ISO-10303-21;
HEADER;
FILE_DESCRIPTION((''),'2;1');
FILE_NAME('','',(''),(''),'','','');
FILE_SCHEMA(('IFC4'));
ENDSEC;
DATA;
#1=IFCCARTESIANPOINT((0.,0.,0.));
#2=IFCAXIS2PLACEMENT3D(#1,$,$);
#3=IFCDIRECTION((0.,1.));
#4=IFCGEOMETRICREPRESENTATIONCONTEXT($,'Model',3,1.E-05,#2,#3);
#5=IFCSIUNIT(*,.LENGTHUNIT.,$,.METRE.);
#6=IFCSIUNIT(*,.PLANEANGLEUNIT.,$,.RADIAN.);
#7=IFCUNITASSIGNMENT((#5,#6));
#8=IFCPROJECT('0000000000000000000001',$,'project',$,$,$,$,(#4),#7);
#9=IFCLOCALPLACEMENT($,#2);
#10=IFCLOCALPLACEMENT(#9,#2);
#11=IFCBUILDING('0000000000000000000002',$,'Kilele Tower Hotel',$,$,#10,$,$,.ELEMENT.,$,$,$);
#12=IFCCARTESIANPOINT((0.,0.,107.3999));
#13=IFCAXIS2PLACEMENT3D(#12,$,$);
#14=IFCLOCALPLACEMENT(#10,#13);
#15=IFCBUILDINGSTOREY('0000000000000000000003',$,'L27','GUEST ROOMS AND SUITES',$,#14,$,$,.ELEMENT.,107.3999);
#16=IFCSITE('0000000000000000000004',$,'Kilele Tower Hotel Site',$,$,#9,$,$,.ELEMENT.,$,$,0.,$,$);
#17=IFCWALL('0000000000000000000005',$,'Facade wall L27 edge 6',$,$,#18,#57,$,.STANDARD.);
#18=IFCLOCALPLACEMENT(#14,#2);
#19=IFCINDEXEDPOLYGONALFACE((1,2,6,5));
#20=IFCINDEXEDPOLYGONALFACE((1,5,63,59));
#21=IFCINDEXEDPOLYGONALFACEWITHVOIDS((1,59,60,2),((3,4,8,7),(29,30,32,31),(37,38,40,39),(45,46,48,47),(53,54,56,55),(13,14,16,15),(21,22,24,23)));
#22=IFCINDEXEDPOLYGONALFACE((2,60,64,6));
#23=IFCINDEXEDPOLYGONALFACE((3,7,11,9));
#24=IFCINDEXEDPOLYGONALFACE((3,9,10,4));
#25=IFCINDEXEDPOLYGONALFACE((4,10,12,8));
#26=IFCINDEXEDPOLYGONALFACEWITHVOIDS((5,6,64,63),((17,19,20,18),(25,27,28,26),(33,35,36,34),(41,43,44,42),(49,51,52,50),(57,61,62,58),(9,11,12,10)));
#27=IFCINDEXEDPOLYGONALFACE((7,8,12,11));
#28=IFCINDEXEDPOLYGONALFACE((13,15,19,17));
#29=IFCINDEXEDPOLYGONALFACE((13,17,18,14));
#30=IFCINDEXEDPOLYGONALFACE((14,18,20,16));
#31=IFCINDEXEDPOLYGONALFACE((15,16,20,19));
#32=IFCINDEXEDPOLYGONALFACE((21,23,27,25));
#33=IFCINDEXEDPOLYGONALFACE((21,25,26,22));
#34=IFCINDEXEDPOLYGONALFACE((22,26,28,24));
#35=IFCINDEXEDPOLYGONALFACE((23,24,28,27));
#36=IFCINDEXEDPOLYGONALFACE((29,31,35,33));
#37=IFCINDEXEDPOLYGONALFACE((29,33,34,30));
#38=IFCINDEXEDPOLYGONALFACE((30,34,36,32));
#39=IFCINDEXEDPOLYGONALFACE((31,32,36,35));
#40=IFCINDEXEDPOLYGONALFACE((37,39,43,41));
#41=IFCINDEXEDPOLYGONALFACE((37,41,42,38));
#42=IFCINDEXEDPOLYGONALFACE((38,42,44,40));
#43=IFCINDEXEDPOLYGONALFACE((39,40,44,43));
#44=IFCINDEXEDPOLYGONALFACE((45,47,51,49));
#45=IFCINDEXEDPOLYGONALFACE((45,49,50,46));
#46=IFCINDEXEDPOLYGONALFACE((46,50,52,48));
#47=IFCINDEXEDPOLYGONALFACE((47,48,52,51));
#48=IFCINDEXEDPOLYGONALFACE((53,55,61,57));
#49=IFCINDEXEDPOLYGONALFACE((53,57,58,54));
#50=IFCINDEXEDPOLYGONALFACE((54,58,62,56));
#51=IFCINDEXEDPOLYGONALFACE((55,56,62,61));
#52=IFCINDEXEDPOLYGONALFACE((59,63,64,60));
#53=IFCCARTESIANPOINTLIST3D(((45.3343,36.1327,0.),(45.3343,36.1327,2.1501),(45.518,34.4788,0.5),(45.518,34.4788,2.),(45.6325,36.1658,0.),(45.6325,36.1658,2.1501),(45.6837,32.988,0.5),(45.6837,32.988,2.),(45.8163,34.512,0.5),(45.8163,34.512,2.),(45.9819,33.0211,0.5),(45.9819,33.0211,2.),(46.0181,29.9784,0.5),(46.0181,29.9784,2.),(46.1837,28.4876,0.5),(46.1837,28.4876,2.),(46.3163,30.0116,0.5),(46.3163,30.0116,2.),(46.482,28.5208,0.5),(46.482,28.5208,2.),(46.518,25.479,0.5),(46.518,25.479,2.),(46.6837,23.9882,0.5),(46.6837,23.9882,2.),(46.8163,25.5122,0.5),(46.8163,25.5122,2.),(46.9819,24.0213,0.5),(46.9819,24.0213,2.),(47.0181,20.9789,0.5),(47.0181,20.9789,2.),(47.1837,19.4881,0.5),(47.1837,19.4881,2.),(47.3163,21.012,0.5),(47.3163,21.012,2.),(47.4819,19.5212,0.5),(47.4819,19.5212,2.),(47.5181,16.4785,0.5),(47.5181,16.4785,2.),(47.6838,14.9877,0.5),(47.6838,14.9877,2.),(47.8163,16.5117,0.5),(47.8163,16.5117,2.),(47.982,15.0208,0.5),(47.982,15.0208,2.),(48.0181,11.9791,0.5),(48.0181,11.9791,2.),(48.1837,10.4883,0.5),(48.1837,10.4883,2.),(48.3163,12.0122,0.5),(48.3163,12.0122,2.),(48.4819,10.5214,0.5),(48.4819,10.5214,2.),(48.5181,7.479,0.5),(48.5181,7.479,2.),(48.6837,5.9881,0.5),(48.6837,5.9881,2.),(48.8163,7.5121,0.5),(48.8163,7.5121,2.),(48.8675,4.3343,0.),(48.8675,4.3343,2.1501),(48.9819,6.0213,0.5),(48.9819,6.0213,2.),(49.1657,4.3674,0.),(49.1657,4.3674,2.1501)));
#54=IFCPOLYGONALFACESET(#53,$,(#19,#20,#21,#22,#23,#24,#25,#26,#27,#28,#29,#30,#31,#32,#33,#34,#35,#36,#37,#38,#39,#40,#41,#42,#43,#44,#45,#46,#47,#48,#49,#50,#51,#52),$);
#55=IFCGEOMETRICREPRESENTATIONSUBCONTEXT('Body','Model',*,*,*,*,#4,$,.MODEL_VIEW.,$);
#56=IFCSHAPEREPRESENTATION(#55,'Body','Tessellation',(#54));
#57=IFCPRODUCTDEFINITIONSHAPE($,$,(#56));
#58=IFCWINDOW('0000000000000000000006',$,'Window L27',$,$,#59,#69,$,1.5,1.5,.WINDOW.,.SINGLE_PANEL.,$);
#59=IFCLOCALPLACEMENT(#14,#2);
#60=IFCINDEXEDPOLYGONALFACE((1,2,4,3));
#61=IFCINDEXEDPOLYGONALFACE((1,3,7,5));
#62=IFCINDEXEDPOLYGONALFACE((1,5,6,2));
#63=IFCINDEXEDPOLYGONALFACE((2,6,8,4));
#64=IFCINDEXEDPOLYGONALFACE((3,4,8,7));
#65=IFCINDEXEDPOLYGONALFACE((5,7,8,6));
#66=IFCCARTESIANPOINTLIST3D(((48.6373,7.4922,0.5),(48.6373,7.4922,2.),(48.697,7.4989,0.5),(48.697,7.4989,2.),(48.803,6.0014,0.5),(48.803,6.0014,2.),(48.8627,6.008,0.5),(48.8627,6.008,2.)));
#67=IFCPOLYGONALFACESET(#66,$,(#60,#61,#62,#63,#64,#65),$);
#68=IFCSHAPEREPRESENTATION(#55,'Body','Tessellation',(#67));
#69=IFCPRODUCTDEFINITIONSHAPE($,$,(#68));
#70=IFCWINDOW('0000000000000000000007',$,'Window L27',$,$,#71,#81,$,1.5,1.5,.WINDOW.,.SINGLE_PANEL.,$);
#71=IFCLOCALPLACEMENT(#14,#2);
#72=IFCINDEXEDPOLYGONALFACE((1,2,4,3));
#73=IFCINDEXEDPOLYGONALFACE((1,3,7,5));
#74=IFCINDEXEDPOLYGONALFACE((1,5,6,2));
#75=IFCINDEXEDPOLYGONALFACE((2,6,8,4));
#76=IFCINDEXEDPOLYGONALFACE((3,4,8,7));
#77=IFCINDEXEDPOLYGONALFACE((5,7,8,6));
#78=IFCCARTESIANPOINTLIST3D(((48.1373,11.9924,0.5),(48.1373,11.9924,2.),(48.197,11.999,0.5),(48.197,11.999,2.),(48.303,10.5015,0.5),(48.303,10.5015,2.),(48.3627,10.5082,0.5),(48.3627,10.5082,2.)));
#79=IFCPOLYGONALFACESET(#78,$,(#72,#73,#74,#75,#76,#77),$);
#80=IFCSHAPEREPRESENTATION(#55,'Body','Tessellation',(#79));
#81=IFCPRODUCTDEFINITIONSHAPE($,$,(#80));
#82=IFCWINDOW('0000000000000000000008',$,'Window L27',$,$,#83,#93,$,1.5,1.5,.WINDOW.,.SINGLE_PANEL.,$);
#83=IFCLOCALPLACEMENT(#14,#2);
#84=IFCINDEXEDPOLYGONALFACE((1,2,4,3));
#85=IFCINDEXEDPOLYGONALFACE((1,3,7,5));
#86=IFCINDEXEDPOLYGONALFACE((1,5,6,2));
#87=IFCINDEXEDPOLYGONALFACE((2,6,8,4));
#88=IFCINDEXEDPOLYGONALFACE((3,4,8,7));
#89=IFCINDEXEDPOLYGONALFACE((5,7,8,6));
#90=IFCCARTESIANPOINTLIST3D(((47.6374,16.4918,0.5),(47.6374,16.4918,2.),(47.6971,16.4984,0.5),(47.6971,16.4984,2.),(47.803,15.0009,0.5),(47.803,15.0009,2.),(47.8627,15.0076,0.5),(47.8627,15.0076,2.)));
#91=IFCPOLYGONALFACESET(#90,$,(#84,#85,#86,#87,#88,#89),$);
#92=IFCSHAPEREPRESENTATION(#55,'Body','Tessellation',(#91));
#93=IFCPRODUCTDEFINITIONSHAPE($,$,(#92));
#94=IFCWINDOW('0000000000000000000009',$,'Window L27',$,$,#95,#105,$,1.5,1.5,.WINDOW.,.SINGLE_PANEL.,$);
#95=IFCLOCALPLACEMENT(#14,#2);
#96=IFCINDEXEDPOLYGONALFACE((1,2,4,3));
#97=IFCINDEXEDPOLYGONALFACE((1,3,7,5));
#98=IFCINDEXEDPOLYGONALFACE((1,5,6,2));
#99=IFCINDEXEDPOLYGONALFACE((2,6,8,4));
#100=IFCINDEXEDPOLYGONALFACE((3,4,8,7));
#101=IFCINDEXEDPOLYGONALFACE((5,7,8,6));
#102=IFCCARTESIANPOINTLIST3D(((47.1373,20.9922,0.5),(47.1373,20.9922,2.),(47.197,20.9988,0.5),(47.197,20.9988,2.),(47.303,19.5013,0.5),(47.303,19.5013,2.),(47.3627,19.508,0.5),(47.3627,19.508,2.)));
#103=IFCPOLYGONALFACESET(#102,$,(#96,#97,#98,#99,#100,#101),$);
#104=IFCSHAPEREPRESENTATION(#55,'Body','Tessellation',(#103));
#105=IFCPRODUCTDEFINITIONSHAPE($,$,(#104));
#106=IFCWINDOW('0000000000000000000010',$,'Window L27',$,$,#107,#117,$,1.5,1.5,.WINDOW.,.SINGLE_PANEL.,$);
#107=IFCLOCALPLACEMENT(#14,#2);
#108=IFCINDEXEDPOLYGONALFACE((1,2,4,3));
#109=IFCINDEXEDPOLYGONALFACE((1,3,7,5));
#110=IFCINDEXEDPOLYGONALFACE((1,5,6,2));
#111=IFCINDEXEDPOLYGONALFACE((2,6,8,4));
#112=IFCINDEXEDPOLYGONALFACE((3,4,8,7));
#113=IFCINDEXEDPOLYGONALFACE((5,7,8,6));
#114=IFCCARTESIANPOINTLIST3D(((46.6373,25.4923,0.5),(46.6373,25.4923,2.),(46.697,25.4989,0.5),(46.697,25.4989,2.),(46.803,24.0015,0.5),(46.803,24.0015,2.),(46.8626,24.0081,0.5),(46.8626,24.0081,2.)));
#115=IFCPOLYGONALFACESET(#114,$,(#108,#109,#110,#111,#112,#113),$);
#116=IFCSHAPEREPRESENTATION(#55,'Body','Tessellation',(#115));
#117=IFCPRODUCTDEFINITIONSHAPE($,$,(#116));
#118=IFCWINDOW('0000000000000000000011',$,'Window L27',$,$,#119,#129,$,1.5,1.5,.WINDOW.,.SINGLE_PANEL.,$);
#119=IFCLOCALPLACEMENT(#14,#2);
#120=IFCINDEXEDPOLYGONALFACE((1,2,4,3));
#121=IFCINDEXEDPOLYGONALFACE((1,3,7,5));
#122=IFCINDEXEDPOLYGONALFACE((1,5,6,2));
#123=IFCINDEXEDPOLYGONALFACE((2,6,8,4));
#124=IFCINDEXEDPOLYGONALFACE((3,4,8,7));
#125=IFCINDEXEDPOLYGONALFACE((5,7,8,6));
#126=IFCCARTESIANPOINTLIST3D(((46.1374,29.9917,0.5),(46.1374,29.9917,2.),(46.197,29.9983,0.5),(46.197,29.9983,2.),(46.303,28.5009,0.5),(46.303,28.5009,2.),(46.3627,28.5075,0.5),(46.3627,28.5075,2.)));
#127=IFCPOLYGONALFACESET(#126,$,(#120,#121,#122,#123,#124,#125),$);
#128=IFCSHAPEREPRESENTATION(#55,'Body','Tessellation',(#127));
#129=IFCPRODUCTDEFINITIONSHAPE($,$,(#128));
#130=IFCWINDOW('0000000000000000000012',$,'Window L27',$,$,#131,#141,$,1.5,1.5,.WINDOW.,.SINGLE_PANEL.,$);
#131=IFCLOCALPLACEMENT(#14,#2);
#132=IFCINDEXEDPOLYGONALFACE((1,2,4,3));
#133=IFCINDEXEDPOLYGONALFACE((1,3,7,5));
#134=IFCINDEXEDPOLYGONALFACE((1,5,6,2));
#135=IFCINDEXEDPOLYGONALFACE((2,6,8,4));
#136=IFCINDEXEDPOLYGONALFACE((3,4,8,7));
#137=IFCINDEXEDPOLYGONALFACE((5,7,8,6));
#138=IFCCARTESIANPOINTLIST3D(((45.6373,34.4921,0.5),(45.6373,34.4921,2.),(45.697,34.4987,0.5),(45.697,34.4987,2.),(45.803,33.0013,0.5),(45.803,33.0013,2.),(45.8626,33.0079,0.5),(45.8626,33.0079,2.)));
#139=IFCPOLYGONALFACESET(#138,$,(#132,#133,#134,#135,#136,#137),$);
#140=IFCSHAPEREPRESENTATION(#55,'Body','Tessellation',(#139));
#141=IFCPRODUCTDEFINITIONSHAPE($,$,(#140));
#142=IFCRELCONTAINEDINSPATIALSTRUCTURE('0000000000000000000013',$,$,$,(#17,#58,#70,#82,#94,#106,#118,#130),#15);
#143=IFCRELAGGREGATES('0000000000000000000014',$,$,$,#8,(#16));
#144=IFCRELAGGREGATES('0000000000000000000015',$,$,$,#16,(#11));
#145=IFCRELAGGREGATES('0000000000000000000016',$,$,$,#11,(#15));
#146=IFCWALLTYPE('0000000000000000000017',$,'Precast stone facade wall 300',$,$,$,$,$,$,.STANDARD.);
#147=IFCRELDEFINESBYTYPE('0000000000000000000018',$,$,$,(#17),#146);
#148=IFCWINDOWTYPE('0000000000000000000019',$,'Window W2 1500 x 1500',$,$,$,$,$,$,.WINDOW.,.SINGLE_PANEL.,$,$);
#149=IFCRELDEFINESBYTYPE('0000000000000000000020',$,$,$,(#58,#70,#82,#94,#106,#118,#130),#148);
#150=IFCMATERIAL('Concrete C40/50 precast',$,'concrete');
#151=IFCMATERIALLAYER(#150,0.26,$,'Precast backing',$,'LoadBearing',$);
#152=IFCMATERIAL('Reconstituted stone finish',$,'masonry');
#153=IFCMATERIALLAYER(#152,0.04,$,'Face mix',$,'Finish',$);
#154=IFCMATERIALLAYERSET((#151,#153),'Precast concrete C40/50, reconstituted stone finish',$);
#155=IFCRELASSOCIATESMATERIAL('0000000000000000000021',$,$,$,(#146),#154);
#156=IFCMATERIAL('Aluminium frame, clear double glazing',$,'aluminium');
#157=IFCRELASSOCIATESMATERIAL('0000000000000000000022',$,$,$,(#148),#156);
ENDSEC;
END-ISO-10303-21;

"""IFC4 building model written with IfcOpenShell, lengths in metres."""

from ifc_helpers import new_model, si_unit, direction, frame, frame_2d, origin, place, context, subcontext, project, spatial, rectangle, extrude, material, layer, layer_set, type_object, element, fill, save


model = new_model("IFC4")

# Units and contexts
model_context = context("Model", 3, precision=1e-05, world=origin(), true_north=direction((0.0, 1.0)))
body_context = subcontext(model_context, "Body", "Model", "MODEL_VIEW")
ifc_project = project(units=[si_unit("LENGTHUNIT", "METRE"), si_unit("PLANEANGLEUNIT", "RADIAN")], contexts=[model_context])

# Site, building, storey
site_placement = place(None, origin())
site = spatial("IfcSite", under=ifc_project, at=site_placement, Name="Kilele Tower Hotel Site", CompositionType="ELEMENT", RefElevation=0.0)
building_placement = place(site_placement, origin())
building = spatial("IfcBuilding", under=site, at=building_placement, Name="Kilele Tower Hotel", CompositionType="ELEMENT")
storey_placement = place(building_placement, frame((0.0, 0.0, 107.3999)))
storey = spatial("IfcBuildingStorey", under=building, at=storey_placement, Name="L27", Description="GUEST ROOMS AND SUITES", CompositionType="ELEMENT", Elevation=107.3999)

# Shared definitions
ifc_material_1 = material(Name="Concrete C40/50 precast", Category="concrete")
ifc_layer_1 = layer(ifc_material_1, 0.26, Name="Precast backing", Category="LoadBearing")
ifc_material_2 = material(Name="Reconstituted stone finish", Category="masonry")
ifc_layer_2 = layer(ifc_material_2, 0.04, Name="Face mix", Category="Finish")
ifc_layer_set_1 = layer_set([ifc_layer_1, ifc_layer_2], Name="Precast concrete C40/50, reconstituted stone finish")
wall_type_1 = type_object("IfcWallType", Name="Precast stone facade wall 300", PredefinedType="STANDARD", material=ifc_layer_set_1)
ifc_material_3 = material(Name="Aluminium frame, clear double glazing", Category="aluminium")
window_type = type_object("IfcWindowType", Name="Window W2 1500 x 1500", PartitioningType="SINGLE_PANEL", PredefinedType="WINDOW", material=ifc_material_3)

# Wall, openings, windows
wall_1_placement = place(storey_placement, frame((49.0166, 4.3508, 0.0), z_axis=(0.0, 0.0, 1.0), x_axis=(-0.110433, 0.993884, 0.0)))
wall_1 = element("IfcWall", 1, at=wall_1_placement, inside=storey, type_object=wall_type_1, Name="Facade wall L27 edge 6", PredefinedType="STANDARD", context=body_context, shape_type="SweptSolid", body=[
    extrude(rectangle(XDim=31.9941, YDim=0.3, at=frame_2d((15.9971, 0.0))), origin(), (0.0, 0.0, 1.0), 2.1501),
])
opening_1_placement = place(wall_1_placement, frame((1.6641, 0.0, 0.5)))
opening_1 = element("IfcOpeningElement", 2, at=opening_1_placement, cuts=wall_1, PredefinedType="OPENING", context=body_context, shape_type="SweptSolid", body=[
    extrude(rectangle(XDim=1.5, YDim=1.5, at=frame_2d((0.75, 0.75))), frame((0.0, 0.1599, 0.0), z_axis=(0.0, -1.0, 0.0), x_axis=(1.0, 0.0, 0.0)), (0.0, 0.0, 1.0), 0.3201),
])
opening_2_placement = place(wall_1_placement, frame((6.1919, 0.0, 0.5)))
opening_2 = element("IfcOpeningElement", 3, at=opening_2_placement, cuts=wall_1, PredefinedType="OPENING", context=body_context, shape_type="SweptSolid", body=[
    extrude(rectangle(XDim=1.5, YDim=1.5, at=frame_2d((0.75, 0.75))), frame((0.0, 0.1599, 0.0), z_axis=(0.0, -1.0, 0.0), x_axis=(1.0, 0.0, 0.0)), (0.0, 0.0, 1.0), 0.3201),
])
opening_3_placement = place(wall_1_placement, frame((10.719, 0.0, 0.5)))
opening_3 = element("IfcOpeningElement", 4, at=opening_3_placement, cuts=wall_1, PredefinedType="OPENING", context=body_context, shape_type="SweptSolid", body=[
    extrude(rectangle(XDim=1.5, YDim=1.5, at=frame_2d((0.75, 0.75))), frame((0.0, 0.1599, 0.0), z_axis=(0.0, -1.0, 0.0), x_axis=(1.0, 0.0, 0.0)), (0.0, 0.0, 1.0), 0.3201),
])
opening_4_placement = place(wall_1_placement, frame((15.2471, 0.0, 0.5)))
opening_4 = element("IfcOpeningElement", 5, at=opening_4_placement, cuts=wall_1, PredefinedType="OPENING", context=body_context, shape_type="SweptSolid", body=[
    extrude(rectangle(XDim=1.5, YDim=1.5, at=frame_2d((0.75, 0.75))), frame((0.0, 0.1599, 0.0), z_axis=(0.0, -1.0, 0.0), x_axis=(1.0, 0.0, 0.0)), (0.0, 0.0, 1.0), 0.3201),
])
opening_5_placement = place(wall_1_placement, frame((19.7749, 0.0, 0.5)))
opening_5 = element("IfcOpeningElement", 6, at=opening_5_placement, cuts=wall_1, PredefinedType="OPENING", context=body_context, shape_type="SweptSolid", body=[
    extrude(rectangle(XDim=1.5, YDim=1.5, at=frame_2d((0.75, 0.75))), frame((0.0, 0.1599, 0.0), z_axis=(0.0, -1.0, 0.0), x_axis=(1.0, 0.0, 0.0)), (0.0, 0.0, 1.0), 0.3201),
])
opening_6_placement = place(wall_1_placement, frame((24.302, 0.0, 0.5)))
opening_6 = element("IfcOpeningElement", 7, at=opening_6_placement, cuts=wall_1, PredefinedType="OPENING", context=body_context, shape_type="SweptSolid", body=[
    extrude(rectangle(XDim=1.5, YDim=1.5, at=frame_2d((0.75, 0.75))), frame((0.0, 0.1599, 0.0), z_axis=(0.0, -1.0, 0.0), x_axis=(1.0, 0.0, 0.0)), (0.0, 0.0, 1.0), 0.3201),
])
opening_7_placement = place(wall_1_placement, frame((28.8301, 0.0, 0.5)))
opening_7 = element("IfcOpeningElement", 8, at=opening_7_placement, cuts=wall_1, PredefinedType="OPENING", context=body_context, shape_type="SweptSolid", body=[
    extrude(rectangle(XDim=1.5, YDim=1.5, at=frame_2d((0.75, 0.75))), frame((0.0, 0.1599, 0.0), z_axis=(0.0, -1.0, 0.0), x_axis=(1.0, 0.0, 0.0)), (0.0, 0.0, 1.0), 0.3201),
])
window_1_placement = place(opening_1_placement, origin())
window_1 = element("IfcWindow", 9, at=window_1_placement, inside=storey, type_object=window_type, Name="Window L27", OverallHeight=1.5, OverallWidth=1.5, PartitioningType="SINGLE_PANEL", PredefinedType="WINDOW", context=body_context, shape_type="SweptSolid", body=[
    extrude(rectangle(XDim=1.5, YDim=1.5, at=frame_2d((0.75, 0.75))), frame((0.0, 0.03, 0.0), z_axis=(0.0, -1.0, 0.0), x_axis=(1.0, 0.0, 0.0)), (0.0, 0.0, 1.0), 0.0601),
])
fill(opening_1, window_1)
window_2_placement = place(opening_2_placement, origin())
window_2 = element("IfcWindow", 10, at=window_2_placement, inside=storey, type_object=window_type, Name="Window L27", OverallHeight=1.5, OverallWidth=1.5, PartitioningType="SINGLE_PANEL", PredefinedType="WINDOW", context=body_context, shape_type="SweptSolid", body=[
    extrude(rectangle(XDim=1.5, YDim=1.5, at=frame_2d((0.75, 0.75))), frame((0.0, 0.03, 0.0), z_axis=(0.0, -1.0, 0.0), x_axis=(1.0, 0.0, 0.0)), (0.0, 0.0, 1.0), 0.0601),
])
fill(opening_2, window_2)
window_3_placement = place(opening_3_placement, origin())
window_3 = element("IfcWindow", 11, at=window_3_placement, inside=storey, type_object=window_type, Name="Window L27", OverallHeight=1.5, OverallWidth=1.5, PartitioningType="SINGLE_PANEL", PredefinedType="WINDOW", context=body_context, shape_type="SweptSolid", body=[
    extrude(rectangle(XDim=1.5, YDim=1.5, at=frame_2d((0.75, 0.75))), frame((0.0, 0.03, 0.0), z_axis=(0.0, -1.0, 0.0), x_axis=(1.0, 0.0, 0.0)), (0.0, 0.0, 1.0), 0.0601),
])
fill(opening_3, window_3)
window_4_placement = place(opening_4_placement, origin())
window_4 = element("IfcWindow", 12, at=window_4_placement, inside=storey, type_object=window_type, Name="Window L27", OverallHeight=1.5, OverallWidth=1.5, PartitioningType="SINGLE_PANEL", PredefinedType="WINDOW", context=body_context, shape_type="SweptSolid", body=[
    extrude(rectangle(XDim=1.5, YDim=1.5, at=frame_2d((0.75, 0.75))), frame((0.0, 0.03, 0.0), z_axis=(0.0, -1.0, 0.0), x_axis=(1.0, 0.0, 0.0)), (0.0, 0.0, 1.0), 0.0601),
])
fill(opening_4, window_4)
window_5_placement = place(opening_5_placement, origin())
window_5 = element("IfcWindow", 13, at=window_5_placement, inside=storey, type_object=window_type, Name="Window L27", OverallHeight=1.5, OverallWidth=1.5, PartitioningType="SINGLE_PANEL", PredefinedType="WINDOW", context=body_context, shape_type="SweptSolid", body=[
    extrude(rectangle(XDim=1.5, YDim=1.5, at=frame_2d((0.75, 0.75))), frame((0.0, 0.03, 0.0), z_axis=(0.0, -1.0, 0.0), x_axis=(1.0, 0.0, 0.0)), (0.0, 0.0, 1.0), 0.0601),
])
fill(opening_5, window_5)
window_6_placement = place(opening_6_placement, origin())
window_6 = element("IfcWindow", 14, at=window_6_placement, inside=storey, type_object=window_type, Name="Window L27", OverallHeight=1.5, OverallWidth=1.5, PartitioningType="SINGLE_PANEL", PredefinedType="WINDOW", context=body_context, shape_type="SweptSolid", body=[
    extrude(rectangle(XDim=1.5, YDim=1.5, at=frame_2d((0.75, 0.75))), frame((0.0, 0.03, 0.0), z_axis=(0.0, -1.0, 0.0), x_axis=(1.0, 0.0, 0.0)), (0.0, 0.0, 1.0), 0.0601),
])
fill(opening_6, window_6)
window_7_placement = place(opening_7_placement, origin())
window_7 = element("IfcWindow", 15, at=window_7_placement, inside=storey, type_object=window_type, Name="Window L27", OverallHeight=1.5, OverallWidth=1.5, PartitioningType="SINGLE_PANEL", PredefinedType="WINDOW", context=body_context, shape_type="SweptSolid", body=[
    extrude(rectangle(XDim=1.5, YDim=1.5, at=frame_2d((0.75, 0.75))), frame((0.0, 0.03, 0.0), z_axis=(0.0, -1.0, 0.0), x_axis=(1.0, 0.0, 0.0)), (0.0, 0.0, 1.0), 0.0601),
])
fill(opening_7, window_7)

save(model, "model.ifc")
